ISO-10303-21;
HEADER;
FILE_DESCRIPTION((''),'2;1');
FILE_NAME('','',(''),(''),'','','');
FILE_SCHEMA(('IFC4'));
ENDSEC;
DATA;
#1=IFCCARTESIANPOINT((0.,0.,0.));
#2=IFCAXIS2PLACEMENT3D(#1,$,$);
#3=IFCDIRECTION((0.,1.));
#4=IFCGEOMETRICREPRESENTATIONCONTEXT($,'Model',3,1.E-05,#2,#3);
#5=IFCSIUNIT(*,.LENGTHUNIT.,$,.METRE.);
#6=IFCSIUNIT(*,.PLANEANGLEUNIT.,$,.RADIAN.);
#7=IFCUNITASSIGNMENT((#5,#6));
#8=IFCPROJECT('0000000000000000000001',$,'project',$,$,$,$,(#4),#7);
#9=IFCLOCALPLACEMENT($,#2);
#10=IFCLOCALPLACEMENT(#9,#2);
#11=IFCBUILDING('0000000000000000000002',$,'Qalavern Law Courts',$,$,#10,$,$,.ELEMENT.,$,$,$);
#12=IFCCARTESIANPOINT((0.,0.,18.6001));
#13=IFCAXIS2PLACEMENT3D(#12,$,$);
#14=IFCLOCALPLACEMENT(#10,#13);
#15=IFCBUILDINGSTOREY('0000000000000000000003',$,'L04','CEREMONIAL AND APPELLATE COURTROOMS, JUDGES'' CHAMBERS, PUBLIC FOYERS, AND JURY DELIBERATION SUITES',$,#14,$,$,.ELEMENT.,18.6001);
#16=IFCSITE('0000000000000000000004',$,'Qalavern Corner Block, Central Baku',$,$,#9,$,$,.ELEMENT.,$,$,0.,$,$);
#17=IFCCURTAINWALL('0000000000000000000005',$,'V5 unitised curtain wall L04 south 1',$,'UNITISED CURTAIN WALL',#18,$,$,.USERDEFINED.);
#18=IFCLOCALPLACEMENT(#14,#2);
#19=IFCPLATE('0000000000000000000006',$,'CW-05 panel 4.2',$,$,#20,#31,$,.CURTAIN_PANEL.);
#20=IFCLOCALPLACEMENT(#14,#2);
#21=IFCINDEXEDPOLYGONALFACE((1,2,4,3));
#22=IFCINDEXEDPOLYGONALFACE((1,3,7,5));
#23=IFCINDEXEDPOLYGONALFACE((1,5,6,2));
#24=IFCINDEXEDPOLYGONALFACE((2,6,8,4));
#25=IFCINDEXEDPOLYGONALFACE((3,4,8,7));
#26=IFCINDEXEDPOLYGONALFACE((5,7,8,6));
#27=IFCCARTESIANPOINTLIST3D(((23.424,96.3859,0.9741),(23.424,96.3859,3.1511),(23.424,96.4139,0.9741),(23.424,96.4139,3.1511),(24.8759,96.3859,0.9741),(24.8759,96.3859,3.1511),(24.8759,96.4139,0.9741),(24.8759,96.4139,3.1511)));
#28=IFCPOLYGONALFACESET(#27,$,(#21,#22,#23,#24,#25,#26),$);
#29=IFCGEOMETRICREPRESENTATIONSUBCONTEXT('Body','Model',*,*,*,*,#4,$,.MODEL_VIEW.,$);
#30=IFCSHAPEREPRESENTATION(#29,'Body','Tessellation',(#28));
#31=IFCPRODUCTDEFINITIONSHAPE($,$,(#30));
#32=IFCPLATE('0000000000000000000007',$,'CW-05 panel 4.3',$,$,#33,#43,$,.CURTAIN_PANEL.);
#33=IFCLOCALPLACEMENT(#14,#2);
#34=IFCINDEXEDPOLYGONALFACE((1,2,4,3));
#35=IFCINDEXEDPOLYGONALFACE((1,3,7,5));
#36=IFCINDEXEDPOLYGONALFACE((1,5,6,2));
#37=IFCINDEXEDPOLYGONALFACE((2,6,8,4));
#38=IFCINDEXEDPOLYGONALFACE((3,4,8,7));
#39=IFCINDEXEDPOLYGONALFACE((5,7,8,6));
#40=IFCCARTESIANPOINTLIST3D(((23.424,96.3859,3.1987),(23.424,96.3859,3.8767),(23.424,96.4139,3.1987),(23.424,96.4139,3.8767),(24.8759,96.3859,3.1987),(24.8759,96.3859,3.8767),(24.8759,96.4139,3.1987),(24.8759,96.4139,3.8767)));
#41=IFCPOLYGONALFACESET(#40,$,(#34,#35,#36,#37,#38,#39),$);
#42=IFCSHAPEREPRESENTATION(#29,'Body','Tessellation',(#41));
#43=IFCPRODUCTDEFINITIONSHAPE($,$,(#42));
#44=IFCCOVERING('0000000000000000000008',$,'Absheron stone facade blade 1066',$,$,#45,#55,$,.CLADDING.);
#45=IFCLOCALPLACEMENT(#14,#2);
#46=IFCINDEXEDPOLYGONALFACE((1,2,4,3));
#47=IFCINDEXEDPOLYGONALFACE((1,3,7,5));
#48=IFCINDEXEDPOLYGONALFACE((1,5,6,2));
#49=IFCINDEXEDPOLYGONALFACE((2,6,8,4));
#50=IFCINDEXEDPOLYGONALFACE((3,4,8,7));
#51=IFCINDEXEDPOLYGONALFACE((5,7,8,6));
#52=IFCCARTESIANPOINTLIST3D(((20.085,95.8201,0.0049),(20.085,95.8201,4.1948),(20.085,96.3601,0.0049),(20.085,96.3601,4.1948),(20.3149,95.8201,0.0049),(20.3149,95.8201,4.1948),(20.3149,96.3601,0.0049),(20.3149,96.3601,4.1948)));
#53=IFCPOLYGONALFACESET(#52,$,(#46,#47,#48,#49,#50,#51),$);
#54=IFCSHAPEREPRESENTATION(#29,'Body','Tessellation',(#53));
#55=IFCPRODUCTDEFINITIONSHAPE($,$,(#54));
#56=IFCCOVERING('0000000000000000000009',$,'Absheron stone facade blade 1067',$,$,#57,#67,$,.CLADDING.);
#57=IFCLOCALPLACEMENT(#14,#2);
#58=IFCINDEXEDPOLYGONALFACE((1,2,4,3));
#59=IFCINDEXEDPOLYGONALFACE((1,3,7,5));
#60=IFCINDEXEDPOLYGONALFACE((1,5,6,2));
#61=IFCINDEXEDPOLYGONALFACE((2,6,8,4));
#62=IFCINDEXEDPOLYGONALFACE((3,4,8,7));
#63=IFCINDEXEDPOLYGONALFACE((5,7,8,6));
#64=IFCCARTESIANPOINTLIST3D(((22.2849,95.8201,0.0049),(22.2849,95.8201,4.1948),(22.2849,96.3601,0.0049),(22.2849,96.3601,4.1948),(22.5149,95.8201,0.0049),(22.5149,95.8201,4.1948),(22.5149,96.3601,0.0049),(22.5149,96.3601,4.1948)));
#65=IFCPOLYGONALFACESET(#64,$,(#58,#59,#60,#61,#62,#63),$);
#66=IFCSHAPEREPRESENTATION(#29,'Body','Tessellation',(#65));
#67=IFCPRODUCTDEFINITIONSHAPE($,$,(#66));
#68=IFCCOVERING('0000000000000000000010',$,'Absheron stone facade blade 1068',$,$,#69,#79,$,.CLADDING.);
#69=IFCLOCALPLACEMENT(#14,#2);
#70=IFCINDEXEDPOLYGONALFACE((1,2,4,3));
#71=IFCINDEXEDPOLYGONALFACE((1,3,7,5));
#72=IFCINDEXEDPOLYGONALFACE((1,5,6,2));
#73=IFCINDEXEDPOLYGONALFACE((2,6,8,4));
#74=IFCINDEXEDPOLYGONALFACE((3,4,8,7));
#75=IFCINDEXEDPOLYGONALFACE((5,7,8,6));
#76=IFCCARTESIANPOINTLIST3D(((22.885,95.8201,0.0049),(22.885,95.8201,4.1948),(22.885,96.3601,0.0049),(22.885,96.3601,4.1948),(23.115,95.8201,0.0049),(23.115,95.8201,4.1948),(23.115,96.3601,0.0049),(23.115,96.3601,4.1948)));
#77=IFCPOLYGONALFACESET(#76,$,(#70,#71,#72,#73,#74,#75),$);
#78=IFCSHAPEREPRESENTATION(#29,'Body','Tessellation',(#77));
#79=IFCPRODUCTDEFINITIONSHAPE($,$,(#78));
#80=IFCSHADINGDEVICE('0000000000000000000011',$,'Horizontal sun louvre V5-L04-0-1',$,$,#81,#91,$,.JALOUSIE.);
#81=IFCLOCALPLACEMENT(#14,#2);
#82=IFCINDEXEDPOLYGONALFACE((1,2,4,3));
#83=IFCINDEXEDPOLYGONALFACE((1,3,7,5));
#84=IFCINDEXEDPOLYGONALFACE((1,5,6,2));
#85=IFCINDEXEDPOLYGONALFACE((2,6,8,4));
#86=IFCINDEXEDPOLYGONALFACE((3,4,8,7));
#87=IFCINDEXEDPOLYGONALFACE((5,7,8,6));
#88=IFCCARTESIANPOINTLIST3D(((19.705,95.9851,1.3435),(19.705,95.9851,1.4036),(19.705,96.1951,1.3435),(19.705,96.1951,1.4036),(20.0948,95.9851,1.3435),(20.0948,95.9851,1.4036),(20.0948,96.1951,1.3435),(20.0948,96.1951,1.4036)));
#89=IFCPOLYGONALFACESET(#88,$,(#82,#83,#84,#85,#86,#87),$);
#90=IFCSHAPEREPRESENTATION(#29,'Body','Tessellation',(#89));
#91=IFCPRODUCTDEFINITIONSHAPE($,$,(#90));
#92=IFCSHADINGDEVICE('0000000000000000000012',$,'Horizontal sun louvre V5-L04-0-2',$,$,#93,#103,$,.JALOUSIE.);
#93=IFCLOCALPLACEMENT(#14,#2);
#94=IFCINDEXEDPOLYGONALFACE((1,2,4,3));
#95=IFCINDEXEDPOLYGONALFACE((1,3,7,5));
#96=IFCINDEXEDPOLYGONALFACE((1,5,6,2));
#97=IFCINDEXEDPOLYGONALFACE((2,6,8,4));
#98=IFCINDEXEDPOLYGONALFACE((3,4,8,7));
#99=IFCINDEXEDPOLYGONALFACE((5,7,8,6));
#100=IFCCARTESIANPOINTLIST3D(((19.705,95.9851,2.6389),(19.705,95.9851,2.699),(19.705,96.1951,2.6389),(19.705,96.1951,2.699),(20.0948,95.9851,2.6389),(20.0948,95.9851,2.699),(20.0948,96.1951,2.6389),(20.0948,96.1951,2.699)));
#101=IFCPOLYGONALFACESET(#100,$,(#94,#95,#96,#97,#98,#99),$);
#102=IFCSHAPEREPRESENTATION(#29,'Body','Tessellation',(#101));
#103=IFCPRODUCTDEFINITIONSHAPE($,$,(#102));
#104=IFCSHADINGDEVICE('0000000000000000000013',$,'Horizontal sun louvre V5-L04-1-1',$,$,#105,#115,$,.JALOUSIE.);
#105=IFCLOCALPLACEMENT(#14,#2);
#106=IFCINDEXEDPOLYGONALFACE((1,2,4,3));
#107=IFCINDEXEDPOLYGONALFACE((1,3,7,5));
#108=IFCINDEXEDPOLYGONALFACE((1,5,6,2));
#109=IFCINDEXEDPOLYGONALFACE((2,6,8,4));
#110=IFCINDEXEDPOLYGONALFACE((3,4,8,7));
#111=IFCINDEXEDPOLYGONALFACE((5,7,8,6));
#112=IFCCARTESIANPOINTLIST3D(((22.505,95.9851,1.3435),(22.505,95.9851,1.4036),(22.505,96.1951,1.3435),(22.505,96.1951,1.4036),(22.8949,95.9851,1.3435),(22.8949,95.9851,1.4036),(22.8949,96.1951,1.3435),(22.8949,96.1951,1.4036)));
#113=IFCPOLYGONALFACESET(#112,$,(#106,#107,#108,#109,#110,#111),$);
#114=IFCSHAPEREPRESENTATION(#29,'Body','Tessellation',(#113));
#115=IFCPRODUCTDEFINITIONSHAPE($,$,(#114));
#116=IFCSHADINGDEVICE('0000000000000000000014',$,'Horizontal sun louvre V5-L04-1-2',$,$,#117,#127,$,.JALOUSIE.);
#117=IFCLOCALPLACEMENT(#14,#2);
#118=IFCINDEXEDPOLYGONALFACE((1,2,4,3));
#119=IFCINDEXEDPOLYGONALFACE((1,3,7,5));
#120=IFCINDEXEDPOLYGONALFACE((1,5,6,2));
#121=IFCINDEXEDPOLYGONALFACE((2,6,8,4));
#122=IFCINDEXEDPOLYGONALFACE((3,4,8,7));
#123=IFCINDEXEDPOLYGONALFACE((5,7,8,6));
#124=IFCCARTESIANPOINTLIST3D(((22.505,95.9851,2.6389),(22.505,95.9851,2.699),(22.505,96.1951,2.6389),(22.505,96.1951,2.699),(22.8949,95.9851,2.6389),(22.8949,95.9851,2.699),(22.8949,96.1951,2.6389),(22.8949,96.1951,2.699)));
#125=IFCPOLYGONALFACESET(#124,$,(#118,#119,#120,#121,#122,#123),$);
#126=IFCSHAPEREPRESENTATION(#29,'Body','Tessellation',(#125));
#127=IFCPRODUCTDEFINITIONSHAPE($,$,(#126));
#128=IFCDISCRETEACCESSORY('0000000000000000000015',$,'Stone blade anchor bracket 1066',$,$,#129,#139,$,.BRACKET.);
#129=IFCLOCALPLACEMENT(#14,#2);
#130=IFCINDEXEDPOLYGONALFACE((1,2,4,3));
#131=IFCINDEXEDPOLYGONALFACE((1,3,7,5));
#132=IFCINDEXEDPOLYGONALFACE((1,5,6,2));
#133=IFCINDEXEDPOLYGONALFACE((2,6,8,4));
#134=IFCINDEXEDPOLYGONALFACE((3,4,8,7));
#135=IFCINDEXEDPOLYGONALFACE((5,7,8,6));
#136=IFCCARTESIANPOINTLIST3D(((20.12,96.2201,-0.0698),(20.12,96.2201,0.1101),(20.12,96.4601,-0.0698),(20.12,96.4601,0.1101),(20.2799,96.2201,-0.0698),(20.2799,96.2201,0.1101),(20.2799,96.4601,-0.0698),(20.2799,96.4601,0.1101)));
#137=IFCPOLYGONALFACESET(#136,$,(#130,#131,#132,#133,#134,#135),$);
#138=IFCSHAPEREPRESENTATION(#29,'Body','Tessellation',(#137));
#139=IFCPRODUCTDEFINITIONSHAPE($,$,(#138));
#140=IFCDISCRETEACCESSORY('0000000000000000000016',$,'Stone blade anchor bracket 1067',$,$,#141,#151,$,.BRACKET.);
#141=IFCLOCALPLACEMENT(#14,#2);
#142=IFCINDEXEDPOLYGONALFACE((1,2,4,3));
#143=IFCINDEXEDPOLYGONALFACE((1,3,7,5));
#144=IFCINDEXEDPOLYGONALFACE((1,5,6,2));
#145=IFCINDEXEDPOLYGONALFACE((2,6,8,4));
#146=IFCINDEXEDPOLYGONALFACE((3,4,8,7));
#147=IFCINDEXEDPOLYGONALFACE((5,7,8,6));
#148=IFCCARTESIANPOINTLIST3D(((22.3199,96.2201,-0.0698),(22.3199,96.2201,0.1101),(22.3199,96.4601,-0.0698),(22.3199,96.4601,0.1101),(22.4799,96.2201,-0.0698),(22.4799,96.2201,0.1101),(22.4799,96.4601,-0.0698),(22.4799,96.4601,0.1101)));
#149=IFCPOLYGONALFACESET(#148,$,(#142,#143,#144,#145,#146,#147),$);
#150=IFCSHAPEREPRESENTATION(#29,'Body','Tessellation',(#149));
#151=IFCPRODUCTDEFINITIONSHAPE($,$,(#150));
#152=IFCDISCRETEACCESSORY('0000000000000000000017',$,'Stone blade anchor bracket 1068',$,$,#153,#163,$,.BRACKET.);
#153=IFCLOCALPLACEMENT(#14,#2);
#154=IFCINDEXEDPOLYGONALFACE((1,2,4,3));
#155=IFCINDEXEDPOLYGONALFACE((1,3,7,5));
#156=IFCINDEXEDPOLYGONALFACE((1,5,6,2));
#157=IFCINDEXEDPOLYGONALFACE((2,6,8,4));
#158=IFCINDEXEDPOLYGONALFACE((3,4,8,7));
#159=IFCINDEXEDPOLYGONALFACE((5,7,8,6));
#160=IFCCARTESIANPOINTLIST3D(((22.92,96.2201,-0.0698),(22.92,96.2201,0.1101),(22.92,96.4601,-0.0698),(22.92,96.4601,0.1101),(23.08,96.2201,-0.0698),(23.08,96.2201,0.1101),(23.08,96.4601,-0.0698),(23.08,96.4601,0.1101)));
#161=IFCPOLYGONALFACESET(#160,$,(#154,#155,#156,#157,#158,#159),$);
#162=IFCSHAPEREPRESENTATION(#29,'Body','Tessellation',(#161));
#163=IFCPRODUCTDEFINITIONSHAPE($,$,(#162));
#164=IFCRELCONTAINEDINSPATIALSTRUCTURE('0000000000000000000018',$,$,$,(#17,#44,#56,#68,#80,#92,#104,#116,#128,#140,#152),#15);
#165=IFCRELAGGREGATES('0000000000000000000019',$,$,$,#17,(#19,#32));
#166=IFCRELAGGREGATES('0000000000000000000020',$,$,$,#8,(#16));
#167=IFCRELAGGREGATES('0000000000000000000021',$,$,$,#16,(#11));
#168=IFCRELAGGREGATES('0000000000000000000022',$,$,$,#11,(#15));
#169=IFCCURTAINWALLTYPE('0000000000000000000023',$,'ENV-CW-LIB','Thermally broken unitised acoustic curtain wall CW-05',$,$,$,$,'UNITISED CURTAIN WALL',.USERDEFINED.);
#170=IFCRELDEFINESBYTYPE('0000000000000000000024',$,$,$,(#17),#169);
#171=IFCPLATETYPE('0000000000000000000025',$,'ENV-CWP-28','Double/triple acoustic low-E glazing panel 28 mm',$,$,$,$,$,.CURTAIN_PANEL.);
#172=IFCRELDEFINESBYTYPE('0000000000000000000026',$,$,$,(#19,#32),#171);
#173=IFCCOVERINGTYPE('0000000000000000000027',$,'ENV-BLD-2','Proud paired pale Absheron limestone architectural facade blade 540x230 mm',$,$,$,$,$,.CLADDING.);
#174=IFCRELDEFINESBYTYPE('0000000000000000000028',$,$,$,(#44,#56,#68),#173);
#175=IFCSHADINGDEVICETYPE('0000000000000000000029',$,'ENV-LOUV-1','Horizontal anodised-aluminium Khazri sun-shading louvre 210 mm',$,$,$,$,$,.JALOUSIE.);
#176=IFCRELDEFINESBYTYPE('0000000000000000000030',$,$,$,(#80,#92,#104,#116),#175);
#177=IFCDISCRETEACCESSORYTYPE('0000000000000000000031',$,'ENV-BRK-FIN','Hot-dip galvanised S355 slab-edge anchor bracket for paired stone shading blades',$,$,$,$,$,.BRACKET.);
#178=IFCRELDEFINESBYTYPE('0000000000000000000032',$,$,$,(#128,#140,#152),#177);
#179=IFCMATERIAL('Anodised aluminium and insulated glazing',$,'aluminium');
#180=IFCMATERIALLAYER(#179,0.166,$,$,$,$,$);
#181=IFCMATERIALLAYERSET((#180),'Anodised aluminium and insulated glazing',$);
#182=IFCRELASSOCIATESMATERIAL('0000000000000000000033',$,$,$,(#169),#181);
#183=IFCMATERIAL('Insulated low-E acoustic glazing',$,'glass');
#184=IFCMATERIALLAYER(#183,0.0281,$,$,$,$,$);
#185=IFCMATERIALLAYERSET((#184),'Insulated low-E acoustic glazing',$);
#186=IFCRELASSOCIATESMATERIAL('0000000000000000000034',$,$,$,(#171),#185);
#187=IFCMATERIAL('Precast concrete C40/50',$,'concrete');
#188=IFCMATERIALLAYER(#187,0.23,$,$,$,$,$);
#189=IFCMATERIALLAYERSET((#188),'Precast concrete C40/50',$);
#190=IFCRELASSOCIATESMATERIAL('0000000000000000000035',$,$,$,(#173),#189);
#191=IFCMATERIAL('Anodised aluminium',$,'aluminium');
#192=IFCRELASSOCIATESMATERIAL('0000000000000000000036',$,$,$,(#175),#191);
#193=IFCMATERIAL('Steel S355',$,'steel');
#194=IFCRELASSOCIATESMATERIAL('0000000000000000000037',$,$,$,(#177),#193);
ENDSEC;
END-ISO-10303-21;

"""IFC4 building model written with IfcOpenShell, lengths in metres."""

from ifc_helpers import new_model, si_unit, direction, frame, origin, origin_2d, place, context, subcontext, project, spatial, rectangle, extrude, material, layer, layer_set, type_object, element, aggregate, save


model = new_model("IFC4")

# Units and contexts
model_context = context("Model", 3, precision=1e-05, world=origin(), true_north=direction((0.0, 1.0)))
body_context = subcontext(model_context, "Body", "Model", "MODEL_VIEW")
ifc_project = project(units=[si_unit("LENGTHUNIT", "METRE"), si_unit("PLANEANGLEUNIT", "RADIAN")], contexts=[model_context])

# Site, building, storey
site_placement = place(None, origin())
site = spatial("IfcSite", under=ifc_project, at=site_placement, Name="Qalavern Corner Block, Central Baku", CompositionType="ELEMENT", RefElevation=0.0)
building_placement = place(site_placement, origin())
building = spatial("IfcBuilding", under=site, at=building_placement, Name="Qalavern Law Courts", CompositionType="ELEMENT")
storey_placement = place(building_placement, frame((0.0, 0.0, 18.6001)))
storey = spatial("IfcBuildingStorey", under=building, at=storey_placement, Name="L04", Description="CEREMONIAL AND APPELLATE COURTROOMS, JUDGES' CHAMBERS, PUBLIC FOYERS, AND JURY DELIBERATION SUITES", CompositionType="ELEMENT", Elevation=18.6001)

# Curtain wall, plates
ifc_material_1 = material(Name="Anodised aluminium and insulated glazing", Category="aluminium")
ifc_layer_1 = layer(ifc_material_1, 0.166)
ifc_layer_set_1 = layer_set([ifc_layer_1], Name="Anodised aluminium and insulated glazing")
curtain_wall_type = type_object("IfcCurtainWallType", Name="ENV-CW-LIB", Description="Thermally broken unitised acoustic curtain wall CW-05", ElementType="UNITISED CURTAIN WALL", PredefinedType="USERDEFINED", material=ifc_layer_set_1)
curtain_wall_placement = place(storey_placement, origin())
curtain_wall = element("IfcCurtainWall", 1, at=curtain_wall_placement, inside=storey, type_object=curtain_wall_type, Name="V5 unitised curtain wall L04 south 1", ObjectType="UNITISED CURTAIN WALL", PredefinedType="USERDEFINED")
ifc_material_2 = material(Name="Anodised aluminium", Category="aluminium")
ifc_material_3 = material(Name="Insulated low-E acoustic glazing", Category="glass")
ifc_layer_2 = layer(ifc_material_3, 0.0281)
ifc_layer_set_2 = layer_set([ifc_layer_2], Name="Insulated low-E acoustic glazing")
plate_type = type_object("IfcPlateType", Name="ENV-CWP-28", Description="Double/triple acoustic low-E glazing panel 28 mm", PredefinedType="CURTAIN_PANEL", material=ifc_layer_set_2)
plate_1_placement = place(storey_placement, frame((24.1499, 96.3999, 0.9741), z_axis=(0.0, 0.0, 1.0), x_axis=(1.0, 0.0, 0.0)))
plate_1 = element("IfcPlate", 2, at=plate_1_placement, type_object=plate_type, Name="CW-05 panel 4.2", PredefinedType="CURTAIN_PANEL", context=body_context, shape_type="SweptSolid", body=[
    extrude(rectangle(XDim=1.4519, YDim=0.0281, at=origin_2d()), origin(), (0.0, 0.0, 1.0), 2.177),
])
plate_2_placement = place(storey_placement, frame((24.1499, 96.3999, 3.1987), z_axis=(0.0, 0.0, 1.0), x_axis=(1.0, 0.0, 0.0)))
plate_2 = element("IfcPlate", 3, at=plate_2_placement, type_object=plate_type, Name="CW-05 panel 4.3", PredefinedType="CURTAIN_PANEL", context=body_context, shape_type="SweptSolid", body=[
    extrude(rectangle(XDim=1.4519, YDim=0.0281, at=origin_2d()), origin(), (0.0, 0.0, 1.0), 0.678),
])
aggregate(curtain_wall, [plate_1, plate_2])

# Coverings
ifc_material_4 = material(Name="Precast concrete C40/50", Category="concrete")
ifc_layer_3 = layer(ifc_material_4, 0.23)
ifc_layer_set_3 = layer_set([ifc_layer_3], Name="Precast concrete C40/50")
covering_type = type_object("IfcCoveringType", Name="ENV-BLD-2", Description="Proud paired pale Absheron limestone architectural facade blade 540x230 mm", PredefinedType="CLADDING", material=ifc_layer_set_3)
for number, where, z_axis, x_axis, name in (
    (4, (20.2, 96.0901, 0.0049), (0.0, 0.0, 1.0), (0.0, -1.0, 0.0), "Absheron stone facade blade 1066"),
    (5, (22.3999, 96.0901, 0.0049), (0.0, 0.0, 1.0), (0.0, -1.0, 0.0), "Absheron stone facade blade 1067"),
    (6, (23.0, 96.0901, 0.0049), (0.0, 0.0, 1.0), (0.0, -1.0, 0.0), "Absheron stone facade blade 1068"),
):
    element("IfcCovering", number, at=place(storey_placement, frame(where, z_axis=z_axis, x_axis=x_axis)), inside=storey, type_object=covering_type, Name=name, PredefinedType="CLADDING", context=body_context, shape_type="SweptSolid", body=[
        extrude(rectangle(XDim=0.54, YDim=0.23, at=origin_2d()), origin(), (0.0, 0.0, 1.0), 4.1899),
    ])

# Shading devices
shading_device_type = type_object("IfcShadingDeviceType", Name="ENV-LOUV-1", Description="Horizontal anodised-aluminium Khazri sun-shading louvre 210 mm", PredefinedType="JALOUSIE", material=ifc_material_2)
for number, where, z_axis, x_axis, name in (
    (7, (19.8999, 96.0901, 1.3435), (0.0, 0.0, 1.0), (1.0, 0.0, 0.0), "Horizontal sun louvre V5-L04-0-1"),
    (8, (19.8999, 96.0901, 2.6389), (0.0, 0.0, 1.0), (1.0, 0.0, 0.0), "Horizontal sun louvre V5-L04-0-2"),
    (9, (22.7, 96.0901, 1.3435), (0.0, 0.0, 1.0), (1.0, 0.0, 0.0), "Horizontal sun louvre V5-L04-1-1"),
    (10, (22.7, 96.0901, 2.6389), (0.0, 0.0, 1.0), (1.0, 0.0, 0.0), "Horizontal sun louvre V5-L04-1-2"),
):
    element("IfcShadingDevice", number, at=place(storey_placement, frame(where, z_axis=z_axis, x_axis=x_axis)), inside=storey, type_object=shading_device_type, Name=name, PredefinedType="JALOUSIE", context=body_context, shape_type="SweptSolid", body=[
        extrude(rectangle(XDim=0.3899, YDim=0.21, at=origin_2d()), origin(), (0.0, 0.0, 1.0), 0.0601),
    ])

# Discrete accessories
ifc_material_5 = material(Name="Steel S355", Category="steel")
discrete_accessory_type = type_object("IfcDiscreteAccessoryType", Name="ENV-BRK-FIN", Description="Hot-dip galvanised S355 slab-edge anchor bracket for paired stone shading blades", PredefinedType="BRACKET", material=ifc_material_5)
for number, where, z_axis, x_axis, name in (
    (11, (20.2, 96.3401, -0.0698), (0.0, 0.0, 1.0), (0.0, -1.0, 0.0), "Stone blade anchor bracket 1066"),
    (12, (22.3999, 96.3401, -0.0698), (0.0, 0.0, 1.0), (0.0, -1.0, 0.0), "Stone blade anchor bracket 1067"),
    (13, (23.0, 96.3401, -0.0698), (0.0, 0.0, 1.0), (0.0, -1.0, 0.0), "Stone blade anchor bracket 1068"),
):
    element("IfcDiscreteAccessory", number, at=place(storey_placement, frame(where, z_axis=z_axis, x_axis=x_axis)), inside=storey, type_object=discrete_accessory_type, Name=name, PredefinedType="BRACKET", context=body_context, shape_type="SweptSolid", body=[
        extrude(rectangle(XDim=0.24, YDim=0.1599, at=origin_2d()), origin(), (0.0, 0.0, 1.0), 0.1799),
    ])

save(model, "model.ifc")
